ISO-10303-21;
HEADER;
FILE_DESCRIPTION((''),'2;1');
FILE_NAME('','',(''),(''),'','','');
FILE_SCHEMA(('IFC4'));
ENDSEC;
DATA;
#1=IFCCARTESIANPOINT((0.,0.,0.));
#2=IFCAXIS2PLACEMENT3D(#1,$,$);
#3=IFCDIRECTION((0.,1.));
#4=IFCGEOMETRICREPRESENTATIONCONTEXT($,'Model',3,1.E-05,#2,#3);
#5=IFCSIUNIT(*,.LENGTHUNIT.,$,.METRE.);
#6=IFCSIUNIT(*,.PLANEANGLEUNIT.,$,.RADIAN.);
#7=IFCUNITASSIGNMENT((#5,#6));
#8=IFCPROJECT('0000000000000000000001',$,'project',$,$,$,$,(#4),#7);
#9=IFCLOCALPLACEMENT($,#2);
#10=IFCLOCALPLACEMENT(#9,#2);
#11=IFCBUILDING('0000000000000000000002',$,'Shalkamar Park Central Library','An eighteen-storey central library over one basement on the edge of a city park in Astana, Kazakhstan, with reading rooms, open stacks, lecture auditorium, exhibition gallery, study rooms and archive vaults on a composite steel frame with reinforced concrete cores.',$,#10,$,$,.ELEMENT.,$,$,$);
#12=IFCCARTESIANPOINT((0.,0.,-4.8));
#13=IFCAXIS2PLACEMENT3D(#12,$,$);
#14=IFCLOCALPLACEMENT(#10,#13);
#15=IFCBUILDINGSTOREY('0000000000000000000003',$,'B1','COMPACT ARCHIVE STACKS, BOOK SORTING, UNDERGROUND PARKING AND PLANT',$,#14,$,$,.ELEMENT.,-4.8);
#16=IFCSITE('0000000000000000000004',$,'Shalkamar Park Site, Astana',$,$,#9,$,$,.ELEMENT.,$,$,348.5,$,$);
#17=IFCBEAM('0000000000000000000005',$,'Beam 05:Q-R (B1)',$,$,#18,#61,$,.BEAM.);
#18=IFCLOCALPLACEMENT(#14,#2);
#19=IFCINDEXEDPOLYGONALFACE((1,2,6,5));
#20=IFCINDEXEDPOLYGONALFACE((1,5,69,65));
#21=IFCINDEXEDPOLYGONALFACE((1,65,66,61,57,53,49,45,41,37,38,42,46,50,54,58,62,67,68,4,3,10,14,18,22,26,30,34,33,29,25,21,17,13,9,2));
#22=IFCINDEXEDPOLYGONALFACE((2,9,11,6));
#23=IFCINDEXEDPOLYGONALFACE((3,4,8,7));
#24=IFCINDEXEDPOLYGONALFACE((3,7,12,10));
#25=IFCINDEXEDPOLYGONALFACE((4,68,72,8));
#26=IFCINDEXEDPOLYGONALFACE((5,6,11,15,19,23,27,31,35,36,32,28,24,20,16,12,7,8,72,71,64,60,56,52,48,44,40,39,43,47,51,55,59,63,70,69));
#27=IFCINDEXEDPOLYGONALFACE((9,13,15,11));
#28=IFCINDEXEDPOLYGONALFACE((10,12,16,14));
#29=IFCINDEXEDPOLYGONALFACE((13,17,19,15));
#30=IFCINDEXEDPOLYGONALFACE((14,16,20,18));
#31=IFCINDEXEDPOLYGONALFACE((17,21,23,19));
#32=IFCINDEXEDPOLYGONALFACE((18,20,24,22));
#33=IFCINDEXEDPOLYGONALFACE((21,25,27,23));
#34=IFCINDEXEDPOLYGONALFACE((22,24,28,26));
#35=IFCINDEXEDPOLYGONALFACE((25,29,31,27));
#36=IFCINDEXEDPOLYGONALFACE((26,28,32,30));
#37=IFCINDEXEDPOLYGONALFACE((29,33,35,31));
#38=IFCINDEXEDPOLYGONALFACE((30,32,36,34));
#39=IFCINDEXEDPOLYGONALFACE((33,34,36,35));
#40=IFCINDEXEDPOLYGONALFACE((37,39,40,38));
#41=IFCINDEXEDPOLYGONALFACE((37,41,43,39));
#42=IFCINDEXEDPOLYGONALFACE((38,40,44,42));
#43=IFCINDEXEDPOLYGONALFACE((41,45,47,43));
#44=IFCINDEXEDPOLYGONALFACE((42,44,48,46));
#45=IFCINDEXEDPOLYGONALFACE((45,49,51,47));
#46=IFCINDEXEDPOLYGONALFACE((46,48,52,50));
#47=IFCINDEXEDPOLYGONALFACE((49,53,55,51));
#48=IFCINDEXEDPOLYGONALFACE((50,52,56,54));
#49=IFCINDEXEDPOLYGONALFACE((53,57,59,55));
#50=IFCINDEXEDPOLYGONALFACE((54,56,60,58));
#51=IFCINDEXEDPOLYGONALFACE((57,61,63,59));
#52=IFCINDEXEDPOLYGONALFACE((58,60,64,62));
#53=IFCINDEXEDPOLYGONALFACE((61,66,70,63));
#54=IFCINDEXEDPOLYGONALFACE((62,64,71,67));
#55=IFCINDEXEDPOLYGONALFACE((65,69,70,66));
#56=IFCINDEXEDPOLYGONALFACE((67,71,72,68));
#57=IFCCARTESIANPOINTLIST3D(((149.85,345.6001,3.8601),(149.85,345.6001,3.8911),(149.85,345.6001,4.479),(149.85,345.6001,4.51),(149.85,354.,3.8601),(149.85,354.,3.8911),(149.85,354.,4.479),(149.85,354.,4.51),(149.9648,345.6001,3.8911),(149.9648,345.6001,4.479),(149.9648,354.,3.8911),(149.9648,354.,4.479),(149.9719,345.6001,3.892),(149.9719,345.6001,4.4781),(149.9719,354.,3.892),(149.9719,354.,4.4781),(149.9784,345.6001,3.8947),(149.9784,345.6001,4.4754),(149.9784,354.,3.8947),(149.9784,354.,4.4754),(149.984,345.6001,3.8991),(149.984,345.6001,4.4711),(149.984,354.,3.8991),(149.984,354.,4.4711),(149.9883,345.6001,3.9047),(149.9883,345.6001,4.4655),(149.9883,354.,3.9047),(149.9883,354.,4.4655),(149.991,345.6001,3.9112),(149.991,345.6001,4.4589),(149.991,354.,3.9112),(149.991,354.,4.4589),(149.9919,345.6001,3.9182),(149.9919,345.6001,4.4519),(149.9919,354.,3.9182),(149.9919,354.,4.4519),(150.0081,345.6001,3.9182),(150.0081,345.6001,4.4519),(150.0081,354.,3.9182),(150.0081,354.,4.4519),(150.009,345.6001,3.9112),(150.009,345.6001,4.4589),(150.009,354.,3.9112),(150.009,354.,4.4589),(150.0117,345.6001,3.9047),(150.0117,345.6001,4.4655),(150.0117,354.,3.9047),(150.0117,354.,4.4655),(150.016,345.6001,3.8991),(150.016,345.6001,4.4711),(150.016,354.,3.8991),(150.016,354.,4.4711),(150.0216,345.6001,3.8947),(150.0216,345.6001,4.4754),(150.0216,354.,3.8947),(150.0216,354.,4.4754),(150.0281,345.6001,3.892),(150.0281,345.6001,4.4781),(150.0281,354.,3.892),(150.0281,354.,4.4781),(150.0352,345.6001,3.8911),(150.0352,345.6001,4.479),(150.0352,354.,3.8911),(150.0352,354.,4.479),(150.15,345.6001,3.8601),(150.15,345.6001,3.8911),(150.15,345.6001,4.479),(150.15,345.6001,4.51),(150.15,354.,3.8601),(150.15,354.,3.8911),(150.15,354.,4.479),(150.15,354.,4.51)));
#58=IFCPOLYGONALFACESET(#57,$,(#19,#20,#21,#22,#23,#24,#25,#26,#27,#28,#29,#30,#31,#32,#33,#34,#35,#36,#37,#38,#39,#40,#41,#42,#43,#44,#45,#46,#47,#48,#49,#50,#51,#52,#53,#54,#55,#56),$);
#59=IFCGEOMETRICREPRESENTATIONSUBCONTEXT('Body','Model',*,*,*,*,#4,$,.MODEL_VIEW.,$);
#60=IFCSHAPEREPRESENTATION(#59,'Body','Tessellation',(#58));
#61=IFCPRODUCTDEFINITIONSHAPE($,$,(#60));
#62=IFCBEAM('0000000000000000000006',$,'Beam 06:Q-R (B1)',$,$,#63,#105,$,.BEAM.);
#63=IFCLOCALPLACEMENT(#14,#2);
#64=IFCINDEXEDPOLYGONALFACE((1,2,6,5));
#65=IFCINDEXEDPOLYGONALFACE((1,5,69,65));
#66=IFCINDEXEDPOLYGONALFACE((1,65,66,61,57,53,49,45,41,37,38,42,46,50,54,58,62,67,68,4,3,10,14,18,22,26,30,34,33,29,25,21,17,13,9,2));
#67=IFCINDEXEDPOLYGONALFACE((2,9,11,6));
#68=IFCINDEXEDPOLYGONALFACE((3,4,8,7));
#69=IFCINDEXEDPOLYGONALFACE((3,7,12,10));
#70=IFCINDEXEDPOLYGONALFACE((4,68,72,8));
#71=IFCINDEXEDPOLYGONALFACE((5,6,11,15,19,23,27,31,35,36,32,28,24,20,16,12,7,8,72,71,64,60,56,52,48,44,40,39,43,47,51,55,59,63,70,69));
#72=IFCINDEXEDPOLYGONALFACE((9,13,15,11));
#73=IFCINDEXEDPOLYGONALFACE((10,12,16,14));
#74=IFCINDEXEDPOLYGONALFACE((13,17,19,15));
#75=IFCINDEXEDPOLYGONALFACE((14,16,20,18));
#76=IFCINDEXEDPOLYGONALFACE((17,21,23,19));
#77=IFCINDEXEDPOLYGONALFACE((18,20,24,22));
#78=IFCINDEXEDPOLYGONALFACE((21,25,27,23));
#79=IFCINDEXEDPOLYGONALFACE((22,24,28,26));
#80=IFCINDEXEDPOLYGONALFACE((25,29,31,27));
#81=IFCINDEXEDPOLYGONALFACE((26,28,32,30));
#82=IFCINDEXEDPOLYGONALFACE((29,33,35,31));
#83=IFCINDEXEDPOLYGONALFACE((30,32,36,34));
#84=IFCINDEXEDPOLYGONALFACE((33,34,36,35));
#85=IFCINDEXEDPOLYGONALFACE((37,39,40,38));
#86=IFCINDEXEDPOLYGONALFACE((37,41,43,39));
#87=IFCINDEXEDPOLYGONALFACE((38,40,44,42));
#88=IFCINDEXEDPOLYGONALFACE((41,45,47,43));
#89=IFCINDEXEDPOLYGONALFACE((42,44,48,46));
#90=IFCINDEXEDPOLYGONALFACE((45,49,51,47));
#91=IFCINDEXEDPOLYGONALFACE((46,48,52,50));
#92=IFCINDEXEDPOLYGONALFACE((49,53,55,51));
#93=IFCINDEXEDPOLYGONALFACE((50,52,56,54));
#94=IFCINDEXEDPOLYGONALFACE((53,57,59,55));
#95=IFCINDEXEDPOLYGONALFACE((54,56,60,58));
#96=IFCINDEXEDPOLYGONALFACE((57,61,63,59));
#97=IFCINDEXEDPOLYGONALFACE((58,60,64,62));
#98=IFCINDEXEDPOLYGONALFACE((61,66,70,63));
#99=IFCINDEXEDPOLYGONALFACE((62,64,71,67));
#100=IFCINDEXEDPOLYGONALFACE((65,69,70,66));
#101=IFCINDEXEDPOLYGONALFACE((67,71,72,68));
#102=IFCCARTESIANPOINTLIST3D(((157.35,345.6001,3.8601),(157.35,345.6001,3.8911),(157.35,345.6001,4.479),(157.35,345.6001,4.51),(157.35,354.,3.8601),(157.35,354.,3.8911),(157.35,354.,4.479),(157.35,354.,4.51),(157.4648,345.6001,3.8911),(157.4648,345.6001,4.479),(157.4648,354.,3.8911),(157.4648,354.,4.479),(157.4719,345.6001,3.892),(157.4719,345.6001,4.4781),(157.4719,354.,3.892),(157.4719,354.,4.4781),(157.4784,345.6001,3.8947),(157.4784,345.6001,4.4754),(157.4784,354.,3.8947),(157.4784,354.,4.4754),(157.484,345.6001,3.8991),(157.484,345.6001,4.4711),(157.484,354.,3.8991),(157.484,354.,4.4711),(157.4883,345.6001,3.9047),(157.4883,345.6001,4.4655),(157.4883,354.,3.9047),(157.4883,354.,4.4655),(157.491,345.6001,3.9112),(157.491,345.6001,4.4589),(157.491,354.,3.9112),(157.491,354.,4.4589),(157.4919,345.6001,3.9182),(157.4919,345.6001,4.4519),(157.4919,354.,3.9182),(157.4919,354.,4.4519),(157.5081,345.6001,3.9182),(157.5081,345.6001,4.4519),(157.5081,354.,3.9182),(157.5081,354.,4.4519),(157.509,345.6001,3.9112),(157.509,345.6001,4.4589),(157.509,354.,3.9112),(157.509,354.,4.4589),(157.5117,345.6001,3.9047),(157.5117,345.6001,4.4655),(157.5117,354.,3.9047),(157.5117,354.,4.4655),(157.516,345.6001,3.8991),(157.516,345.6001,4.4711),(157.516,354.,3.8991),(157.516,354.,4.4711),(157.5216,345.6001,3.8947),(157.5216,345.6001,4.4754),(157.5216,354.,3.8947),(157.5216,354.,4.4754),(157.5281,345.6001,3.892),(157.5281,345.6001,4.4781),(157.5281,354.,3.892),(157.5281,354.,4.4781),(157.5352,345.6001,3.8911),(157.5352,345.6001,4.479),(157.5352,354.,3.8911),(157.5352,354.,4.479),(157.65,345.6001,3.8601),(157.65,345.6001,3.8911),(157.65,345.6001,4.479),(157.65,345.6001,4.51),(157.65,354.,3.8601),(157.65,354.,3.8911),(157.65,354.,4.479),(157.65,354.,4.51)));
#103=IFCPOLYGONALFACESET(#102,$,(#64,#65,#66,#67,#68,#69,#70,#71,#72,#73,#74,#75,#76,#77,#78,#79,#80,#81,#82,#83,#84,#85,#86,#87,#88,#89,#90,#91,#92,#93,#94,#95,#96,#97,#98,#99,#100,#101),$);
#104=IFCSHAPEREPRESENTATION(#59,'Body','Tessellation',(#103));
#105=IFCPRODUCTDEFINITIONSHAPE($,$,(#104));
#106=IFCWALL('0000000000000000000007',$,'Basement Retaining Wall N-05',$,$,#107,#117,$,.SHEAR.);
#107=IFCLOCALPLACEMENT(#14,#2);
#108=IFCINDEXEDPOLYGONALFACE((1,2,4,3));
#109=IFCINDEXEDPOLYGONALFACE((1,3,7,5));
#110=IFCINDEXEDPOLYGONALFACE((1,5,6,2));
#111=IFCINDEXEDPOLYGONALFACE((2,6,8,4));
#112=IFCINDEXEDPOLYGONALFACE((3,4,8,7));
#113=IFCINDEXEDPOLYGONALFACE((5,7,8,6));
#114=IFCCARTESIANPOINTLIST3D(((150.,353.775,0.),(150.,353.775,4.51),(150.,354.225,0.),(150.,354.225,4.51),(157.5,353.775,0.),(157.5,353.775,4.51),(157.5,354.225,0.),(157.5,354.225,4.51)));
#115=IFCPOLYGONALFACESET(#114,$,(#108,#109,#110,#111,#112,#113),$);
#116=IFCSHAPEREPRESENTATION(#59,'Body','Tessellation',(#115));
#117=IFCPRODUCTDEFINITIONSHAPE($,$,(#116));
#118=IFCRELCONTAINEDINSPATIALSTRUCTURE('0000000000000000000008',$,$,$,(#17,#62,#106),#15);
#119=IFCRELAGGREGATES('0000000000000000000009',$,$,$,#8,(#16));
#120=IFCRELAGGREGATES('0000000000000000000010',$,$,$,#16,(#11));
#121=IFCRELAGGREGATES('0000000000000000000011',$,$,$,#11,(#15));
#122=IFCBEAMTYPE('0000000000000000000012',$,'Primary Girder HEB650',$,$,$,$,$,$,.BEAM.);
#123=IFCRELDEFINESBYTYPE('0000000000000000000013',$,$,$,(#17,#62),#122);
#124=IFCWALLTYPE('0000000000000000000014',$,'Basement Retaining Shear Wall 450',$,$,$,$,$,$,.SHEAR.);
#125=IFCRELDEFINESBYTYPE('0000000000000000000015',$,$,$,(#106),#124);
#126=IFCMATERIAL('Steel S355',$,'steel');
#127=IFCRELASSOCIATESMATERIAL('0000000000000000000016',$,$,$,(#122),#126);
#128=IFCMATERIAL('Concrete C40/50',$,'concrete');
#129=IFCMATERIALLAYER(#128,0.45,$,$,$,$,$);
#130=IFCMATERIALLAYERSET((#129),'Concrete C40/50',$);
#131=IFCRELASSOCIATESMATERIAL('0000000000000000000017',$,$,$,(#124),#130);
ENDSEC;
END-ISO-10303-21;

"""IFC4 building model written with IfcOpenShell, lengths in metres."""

from ifc_helpers import new_model, si_unit, direction, frame, frame_2d, origin, origin_2d, place, context, subcontext, project, spatial, rectangle, i_section, extrude, material, layer, layer_set, material_profile, profile_set, type_object, element, save


model = new_model("IFC4")

# Units and contexts
model_context = context("Model", 3, precision=1e-05, world=origin(), true_north=direction((0.0, 1.0)))
body_context = subcontext(model_context, "Body", "Model", "MODEL_VIEW")
ifc_project = project(units=[si_unit("LENGTHUNIT", "METRE"), si_unit("PLANEANGLEUNIT", "RADIAN")], contexts=[model_context])

# Site, building, storey
site_placement = place(None, origin())
site = spatial("IfcSite", under=ifc_project, at=site_placement, Name="Shalkamar Park Site, Astana", CompositionType="ELEMENT", RefElevation=348.5)
building_placement = place(site_placement, origin())
building = spatial("IfcBuilding", under=site, at=building_placement, Name="Shalkamar Park Central Library", Description="An eighteen-storey central library over one basement on the edge of a city park in Astana, Kazakhstan, with reading rooms, open stacks, lecture auditorium, exhibition gallery, study rooms and archive vaults on a composite steel frame with reinforced concrete cores.", CompositionType="ELEMENT")
storey_placement = place(building_placement, frame((0.0, 0.0, -4.8)))
storey = spatial("IfcBuildingStorey", under=building, at=storey_placement, Name="B1", Description="COMPACT ARCHIVE STACKS, BOOK SORTING, UNDERGROUND PARKING AND PLANT", CompositionType="ELEMENT", Elevation=-4.8)

# Shared definitions
ifc_material_1 = material(Name="Concrete C40/50", Category="concrete")
ifc_material_2 = material(Name="Steel S355", Category="steel")

# Beams
ifc_material_profile_1 = material_profile(ifc_material_2, i_section(OverallWidth=0.3, OverallDepth=0.6499, WebThickness=0.0161, FlangeThickness=0.031, FilletRadius=0.0271, at=origin_2d()), Name="HEB 650")
ifc_profile_set_1 = profile_set([ifc_material_profile_1], Name="Steel S355")
beam_type_1 = type_object("IfcBeamType", Name="Primary Girder HEB650", PredefinedType="BEAM", material=ifc_profile_set_1)
for number, where, z_axis, x_axis, name in (
    (1, (150.0, 345.6001, 4.1851), (0.0, 1.0, 0.0), (-1.0, 0.0, 0.0), "Beam 05:Q-R (B1)"),
    (2, (157.5, 345.6001, 4.1851), (0.0, 1.0, 0.0), (-1.0, 0.0, 0.0), "Beam 06:Q-R (B1)"),
):
    element("IfcBeam", number, at=place(storey_placement, frame(where, z_axis=z_axis, x_axis=x_axis)), inside=storey, type_object=beam_type_1, Name=name, PredefinedType="BEAM", context=body_context, shape_type="SweptSolid", body=[
        extrude(i_section(OverallWidth=0.3, OverallDepth=0.6499, WebThickness=0.0161, FlangeThickness=0.031, FilletRadius=0.0271, at=origin_2d()), origin(), (0.0, 0.0, 1.0), 8.3999),
    ])

# Wall
ifc_layer = layer(ifc_material_1, 0.45)
ifc_layer_set = layer_set([ifc_layer], Name="Concrete C40/50")
wall_type = type_object("IfcWallType", Name="Basement Retaining Shear Wall 450", PredefinedType="SHEAR", material=ifc_layer_set)
wall_placement = place(storey_placement, frame((150.0, 354.0, 0.0), z_axis=(0.0, 0.0, 1.0), x_axis=(1.0, 0.0, 0.0)))
element("IfcWall", 3, at=wall_placement, inside=storey, type_object=wall_type, Name="Basement Retaining Wall N-05", PredefinedType="SHEAR", context=body_context, shape_type="SweptSolid", body=[
    extrude(rectangle(XDim=7.5, YDim=0.45, at=frame_2d((3.75, 0.0))), origin(), (0.0, 0.0, 1.0), 4.51),
])

save(model, "model.ifc")
